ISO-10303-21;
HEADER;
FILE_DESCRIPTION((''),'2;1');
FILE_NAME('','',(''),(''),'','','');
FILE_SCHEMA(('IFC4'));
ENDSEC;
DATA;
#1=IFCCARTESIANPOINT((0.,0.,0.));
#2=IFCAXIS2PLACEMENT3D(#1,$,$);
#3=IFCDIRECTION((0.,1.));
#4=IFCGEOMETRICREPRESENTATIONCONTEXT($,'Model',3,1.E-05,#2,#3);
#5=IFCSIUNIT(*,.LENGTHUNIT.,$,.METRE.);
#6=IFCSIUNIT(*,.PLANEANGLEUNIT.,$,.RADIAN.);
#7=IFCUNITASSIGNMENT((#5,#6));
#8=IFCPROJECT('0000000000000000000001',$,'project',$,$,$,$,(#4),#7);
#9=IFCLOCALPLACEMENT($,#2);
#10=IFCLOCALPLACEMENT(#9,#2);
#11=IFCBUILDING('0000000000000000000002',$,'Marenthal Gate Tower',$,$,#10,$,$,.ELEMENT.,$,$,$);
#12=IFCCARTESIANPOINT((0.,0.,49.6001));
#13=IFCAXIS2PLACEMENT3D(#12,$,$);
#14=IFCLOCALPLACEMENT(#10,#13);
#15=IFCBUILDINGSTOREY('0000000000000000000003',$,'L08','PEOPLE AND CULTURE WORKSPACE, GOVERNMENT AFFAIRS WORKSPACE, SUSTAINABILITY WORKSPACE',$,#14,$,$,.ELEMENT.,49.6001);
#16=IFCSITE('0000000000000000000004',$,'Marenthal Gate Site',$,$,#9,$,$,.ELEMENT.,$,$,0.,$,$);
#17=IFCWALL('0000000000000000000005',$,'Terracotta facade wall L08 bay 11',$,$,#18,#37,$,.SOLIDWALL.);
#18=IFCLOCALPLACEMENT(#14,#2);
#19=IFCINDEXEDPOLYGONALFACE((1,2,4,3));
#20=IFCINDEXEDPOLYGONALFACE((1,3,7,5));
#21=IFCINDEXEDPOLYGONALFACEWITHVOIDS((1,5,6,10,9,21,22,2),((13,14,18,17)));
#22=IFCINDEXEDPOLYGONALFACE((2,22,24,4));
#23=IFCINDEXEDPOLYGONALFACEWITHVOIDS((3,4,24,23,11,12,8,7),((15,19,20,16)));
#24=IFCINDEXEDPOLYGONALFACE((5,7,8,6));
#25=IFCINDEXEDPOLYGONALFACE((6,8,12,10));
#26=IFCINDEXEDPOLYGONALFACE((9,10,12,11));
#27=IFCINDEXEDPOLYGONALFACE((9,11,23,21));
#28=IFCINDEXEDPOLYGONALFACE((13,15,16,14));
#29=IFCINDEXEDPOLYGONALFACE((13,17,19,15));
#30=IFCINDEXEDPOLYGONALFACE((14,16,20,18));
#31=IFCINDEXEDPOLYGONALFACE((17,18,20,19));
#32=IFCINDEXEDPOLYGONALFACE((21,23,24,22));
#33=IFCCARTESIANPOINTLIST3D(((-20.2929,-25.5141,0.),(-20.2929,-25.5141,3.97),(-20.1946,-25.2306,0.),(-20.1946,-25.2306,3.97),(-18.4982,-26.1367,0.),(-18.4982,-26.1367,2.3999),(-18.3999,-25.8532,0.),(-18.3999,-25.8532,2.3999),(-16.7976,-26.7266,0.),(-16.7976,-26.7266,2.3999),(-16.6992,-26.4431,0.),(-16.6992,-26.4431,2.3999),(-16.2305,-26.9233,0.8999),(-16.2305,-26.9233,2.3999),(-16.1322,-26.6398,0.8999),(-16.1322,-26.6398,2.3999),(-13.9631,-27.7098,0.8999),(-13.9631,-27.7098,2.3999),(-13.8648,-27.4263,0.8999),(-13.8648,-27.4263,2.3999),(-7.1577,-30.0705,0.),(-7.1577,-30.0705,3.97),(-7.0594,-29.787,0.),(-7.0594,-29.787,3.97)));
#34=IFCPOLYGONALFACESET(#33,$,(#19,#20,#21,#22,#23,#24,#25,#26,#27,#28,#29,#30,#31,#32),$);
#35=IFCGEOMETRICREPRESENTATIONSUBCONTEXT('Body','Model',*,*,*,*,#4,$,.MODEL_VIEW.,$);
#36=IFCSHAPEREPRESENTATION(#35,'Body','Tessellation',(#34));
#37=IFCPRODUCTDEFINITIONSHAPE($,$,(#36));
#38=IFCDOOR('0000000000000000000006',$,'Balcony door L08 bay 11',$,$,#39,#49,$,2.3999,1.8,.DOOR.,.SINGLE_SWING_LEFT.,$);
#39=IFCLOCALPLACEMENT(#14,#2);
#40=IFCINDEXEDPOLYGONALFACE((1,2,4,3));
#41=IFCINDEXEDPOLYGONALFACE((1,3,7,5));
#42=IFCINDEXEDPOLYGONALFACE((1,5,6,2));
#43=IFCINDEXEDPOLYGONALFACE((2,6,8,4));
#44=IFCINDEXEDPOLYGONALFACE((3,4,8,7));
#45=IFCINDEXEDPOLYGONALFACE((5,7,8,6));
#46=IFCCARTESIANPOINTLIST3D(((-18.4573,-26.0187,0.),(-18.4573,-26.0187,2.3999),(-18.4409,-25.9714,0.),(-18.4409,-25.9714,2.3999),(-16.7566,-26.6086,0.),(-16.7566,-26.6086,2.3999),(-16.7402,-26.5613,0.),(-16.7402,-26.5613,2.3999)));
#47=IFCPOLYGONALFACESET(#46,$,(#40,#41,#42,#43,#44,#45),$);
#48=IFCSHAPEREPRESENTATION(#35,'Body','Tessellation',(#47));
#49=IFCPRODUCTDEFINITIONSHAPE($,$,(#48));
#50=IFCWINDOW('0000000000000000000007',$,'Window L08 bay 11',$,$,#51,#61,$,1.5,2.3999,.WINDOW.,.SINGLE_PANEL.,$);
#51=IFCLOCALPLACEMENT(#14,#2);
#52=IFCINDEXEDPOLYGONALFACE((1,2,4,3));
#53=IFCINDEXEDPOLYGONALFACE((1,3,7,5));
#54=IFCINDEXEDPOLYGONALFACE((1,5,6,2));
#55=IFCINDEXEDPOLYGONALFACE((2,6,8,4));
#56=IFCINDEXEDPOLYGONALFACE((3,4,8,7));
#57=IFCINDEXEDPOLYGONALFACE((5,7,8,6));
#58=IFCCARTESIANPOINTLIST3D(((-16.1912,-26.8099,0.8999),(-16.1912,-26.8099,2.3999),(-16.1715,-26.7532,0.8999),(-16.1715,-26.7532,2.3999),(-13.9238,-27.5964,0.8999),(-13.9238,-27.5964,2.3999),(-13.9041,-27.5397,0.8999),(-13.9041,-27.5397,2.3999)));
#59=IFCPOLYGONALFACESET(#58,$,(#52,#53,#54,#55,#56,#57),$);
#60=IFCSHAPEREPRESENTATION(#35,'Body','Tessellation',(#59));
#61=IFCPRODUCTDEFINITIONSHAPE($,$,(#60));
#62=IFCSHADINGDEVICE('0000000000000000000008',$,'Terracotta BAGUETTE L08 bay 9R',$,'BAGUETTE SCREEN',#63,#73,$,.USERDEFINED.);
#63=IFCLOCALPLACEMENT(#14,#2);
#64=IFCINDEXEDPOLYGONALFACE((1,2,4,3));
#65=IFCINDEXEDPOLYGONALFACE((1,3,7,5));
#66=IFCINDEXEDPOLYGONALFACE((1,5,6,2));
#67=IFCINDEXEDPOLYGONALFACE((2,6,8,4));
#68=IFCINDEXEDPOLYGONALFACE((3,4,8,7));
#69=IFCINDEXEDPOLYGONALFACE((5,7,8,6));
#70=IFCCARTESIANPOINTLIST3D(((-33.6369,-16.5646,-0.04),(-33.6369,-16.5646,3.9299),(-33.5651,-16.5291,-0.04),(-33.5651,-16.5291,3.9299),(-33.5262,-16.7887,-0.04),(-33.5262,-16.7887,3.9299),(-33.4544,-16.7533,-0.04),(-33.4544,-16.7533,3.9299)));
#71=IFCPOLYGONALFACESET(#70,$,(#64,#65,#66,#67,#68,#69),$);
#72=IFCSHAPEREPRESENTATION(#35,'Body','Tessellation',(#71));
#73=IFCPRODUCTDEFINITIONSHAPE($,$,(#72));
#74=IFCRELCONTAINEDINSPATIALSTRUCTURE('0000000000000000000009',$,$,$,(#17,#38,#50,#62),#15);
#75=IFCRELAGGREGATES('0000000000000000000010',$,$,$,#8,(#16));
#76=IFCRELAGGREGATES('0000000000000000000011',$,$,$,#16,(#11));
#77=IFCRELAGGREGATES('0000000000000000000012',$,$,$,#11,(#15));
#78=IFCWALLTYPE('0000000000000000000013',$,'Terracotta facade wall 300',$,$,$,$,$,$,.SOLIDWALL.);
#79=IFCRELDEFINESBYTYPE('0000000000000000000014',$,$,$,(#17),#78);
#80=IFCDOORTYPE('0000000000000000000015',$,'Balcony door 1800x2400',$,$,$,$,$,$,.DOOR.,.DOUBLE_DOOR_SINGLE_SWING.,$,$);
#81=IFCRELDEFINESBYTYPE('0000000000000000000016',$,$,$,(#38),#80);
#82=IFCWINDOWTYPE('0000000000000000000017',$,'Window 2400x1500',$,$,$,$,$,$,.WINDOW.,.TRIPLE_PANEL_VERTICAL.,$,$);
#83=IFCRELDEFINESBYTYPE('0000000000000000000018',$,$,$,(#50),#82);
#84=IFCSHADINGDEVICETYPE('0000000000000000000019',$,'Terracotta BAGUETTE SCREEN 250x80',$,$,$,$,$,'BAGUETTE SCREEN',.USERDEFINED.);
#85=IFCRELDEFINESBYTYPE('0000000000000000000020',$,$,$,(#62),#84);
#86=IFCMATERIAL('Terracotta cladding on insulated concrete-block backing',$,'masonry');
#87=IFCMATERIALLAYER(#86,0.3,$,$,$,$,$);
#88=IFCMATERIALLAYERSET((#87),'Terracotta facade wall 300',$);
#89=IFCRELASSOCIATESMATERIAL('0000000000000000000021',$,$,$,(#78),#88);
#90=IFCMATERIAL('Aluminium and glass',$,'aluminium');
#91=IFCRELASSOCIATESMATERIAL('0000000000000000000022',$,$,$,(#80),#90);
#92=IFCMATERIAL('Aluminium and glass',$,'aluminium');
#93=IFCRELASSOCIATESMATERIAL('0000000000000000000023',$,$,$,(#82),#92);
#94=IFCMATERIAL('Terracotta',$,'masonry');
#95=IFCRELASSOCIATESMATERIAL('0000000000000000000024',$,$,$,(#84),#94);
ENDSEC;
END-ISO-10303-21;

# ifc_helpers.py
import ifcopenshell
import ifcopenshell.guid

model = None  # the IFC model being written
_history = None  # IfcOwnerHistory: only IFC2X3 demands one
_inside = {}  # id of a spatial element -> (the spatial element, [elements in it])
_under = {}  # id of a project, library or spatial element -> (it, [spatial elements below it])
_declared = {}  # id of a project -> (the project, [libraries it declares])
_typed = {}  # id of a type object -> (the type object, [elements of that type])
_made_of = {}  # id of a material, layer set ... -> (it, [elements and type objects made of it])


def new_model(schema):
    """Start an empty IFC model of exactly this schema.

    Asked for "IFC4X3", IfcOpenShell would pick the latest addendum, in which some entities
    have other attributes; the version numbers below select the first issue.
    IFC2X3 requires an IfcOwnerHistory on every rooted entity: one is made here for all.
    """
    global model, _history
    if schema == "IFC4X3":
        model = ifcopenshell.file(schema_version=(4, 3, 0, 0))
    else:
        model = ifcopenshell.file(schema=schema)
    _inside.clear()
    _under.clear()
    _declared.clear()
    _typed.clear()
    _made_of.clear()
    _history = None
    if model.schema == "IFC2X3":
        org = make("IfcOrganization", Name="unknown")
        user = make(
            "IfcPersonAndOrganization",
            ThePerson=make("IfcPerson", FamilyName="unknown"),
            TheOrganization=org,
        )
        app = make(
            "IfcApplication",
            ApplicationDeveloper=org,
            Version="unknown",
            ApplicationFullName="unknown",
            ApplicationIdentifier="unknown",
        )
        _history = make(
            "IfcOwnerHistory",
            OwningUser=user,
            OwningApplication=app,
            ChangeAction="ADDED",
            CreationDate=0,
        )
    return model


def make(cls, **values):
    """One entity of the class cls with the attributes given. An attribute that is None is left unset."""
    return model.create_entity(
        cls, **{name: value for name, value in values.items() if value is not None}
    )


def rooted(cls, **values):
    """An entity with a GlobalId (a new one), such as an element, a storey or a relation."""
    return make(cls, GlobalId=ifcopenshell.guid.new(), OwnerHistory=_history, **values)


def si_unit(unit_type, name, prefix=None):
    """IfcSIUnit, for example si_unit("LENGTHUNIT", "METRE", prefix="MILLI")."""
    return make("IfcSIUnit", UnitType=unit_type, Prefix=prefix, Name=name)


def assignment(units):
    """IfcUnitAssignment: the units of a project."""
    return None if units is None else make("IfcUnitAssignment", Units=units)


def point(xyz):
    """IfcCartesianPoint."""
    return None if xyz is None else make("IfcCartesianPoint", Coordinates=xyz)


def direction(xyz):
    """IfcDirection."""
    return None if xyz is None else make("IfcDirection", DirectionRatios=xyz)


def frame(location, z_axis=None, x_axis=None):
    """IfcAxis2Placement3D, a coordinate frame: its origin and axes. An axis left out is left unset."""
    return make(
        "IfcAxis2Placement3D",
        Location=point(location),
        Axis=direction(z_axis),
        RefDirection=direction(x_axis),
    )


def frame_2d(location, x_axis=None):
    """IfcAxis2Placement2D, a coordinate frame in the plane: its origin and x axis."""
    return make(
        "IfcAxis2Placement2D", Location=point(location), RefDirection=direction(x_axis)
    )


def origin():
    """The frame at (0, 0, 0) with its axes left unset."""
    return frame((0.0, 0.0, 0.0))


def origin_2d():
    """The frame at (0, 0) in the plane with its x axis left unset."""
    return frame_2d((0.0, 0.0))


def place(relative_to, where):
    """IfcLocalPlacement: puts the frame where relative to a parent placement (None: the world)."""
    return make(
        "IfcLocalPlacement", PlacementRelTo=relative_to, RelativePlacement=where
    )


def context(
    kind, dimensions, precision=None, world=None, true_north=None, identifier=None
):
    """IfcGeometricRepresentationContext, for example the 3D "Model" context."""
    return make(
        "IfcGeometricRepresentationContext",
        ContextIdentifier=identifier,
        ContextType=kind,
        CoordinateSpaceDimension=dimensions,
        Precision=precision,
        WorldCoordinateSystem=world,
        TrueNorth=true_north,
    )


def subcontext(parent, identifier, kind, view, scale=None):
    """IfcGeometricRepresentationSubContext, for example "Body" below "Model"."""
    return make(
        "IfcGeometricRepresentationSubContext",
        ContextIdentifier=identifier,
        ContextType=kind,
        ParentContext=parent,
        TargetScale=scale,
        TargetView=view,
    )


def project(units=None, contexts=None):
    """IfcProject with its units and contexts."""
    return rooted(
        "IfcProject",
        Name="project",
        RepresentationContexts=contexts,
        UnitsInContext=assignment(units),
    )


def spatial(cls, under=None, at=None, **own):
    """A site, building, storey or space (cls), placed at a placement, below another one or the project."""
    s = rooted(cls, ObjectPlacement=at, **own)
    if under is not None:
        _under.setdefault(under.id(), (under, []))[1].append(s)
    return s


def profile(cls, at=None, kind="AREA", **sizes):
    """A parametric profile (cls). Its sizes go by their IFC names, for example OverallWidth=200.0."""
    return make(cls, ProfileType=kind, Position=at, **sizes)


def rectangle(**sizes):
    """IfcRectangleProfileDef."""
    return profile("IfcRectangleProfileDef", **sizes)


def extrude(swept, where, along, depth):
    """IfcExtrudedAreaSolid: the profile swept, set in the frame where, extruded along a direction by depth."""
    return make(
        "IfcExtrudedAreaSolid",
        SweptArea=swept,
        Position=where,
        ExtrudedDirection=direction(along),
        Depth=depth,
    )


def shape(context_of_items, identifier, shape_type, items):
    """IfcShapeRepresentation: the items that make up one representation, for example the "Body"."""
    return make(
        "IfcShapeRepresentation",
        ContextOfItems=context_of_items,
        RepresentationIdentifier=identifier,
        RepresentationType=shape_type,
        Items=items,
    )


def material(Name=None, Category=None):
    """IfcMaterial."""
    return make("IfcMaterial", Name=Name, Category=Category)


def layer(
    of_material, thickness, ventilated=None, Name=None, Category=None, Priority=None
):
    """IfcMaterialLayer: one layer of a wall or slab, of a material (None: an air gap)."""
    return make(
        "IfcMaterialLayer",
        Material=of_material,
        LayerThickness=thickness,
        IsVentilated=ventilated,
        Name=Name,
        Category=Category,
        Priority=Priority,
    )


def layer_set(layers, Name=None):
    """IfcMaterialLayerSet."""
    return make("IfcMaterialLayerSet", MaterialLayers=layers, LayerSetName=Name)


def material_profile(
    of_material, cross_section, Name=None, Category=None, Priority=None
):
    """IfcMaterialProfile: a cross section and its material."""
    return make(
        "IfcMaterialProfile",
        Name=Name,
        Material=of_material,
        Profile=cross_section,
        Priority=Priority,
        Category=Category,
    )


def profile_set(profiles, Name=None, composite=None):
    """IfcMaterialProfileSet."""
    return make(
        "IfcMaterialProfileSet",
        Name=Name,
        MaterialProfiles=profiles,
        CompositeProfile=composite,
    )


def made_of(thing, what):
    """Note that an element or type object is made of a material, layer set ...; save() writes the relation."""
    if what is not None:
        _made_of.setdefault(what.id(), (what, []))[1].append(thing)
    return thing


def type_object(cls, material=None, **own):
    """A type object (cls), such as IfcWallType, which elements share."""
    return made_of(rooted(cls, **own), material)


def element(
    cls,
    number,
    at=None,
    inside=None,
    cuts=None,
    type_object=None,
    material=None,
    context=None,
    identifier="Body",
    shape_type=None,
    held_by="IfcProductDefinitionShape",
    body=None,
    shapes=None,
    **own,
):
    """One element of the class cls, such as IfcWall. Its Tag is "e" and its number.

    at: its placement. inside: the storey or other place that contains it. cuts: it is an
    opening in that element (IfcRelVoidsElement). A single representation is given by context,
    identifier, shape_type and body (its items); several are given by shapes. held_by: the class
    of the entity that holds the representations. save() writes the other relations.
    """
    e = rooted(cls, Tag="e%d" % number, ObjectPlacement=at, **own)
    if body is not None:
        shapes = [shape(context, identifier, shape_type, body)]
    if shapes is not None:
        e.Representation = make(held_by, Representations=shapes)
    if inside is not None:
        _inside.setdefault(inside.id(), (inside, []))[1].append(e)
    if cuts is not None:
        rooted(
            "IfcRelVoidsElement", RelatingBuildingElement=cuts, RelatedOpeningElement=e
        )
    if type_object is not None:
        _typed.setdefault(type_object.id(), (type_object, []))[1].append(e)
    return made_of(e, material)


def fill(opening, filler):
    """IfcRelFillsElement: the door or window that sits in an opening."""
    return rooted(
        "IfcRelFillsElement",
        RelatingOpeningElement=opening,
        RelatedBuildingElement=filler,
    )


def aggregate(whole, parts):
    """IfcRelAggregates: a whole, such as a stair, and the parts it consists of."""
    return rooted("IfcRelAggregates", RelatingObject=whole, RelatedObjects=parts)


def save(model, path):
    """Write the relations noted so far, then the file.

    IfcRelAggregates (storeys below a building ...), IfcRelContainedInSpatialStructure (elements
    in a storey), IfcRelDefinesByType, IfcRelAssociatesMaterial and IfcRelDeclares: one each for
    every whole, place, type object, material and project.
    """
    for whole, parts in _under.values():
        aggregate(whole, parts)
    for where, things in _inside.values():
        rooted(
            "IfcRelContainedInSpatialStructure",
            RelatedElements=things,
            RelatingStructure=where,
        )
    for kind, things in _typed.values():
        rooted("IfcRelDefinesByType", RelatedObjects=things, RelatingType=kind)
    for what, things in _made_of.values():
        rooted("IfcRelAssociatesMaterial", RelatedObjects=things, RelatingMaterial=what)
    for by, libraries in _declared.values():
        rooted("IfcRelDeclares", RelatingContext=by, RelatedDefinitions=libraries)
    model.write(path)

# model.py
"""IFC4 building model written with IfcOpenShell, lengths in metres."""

from ifc_helpers import new_model, si_unit, direction, frame, frame_2d, origin, origin_2d, place, context, subcontext, project, spatial, rectangle, extrude, material, layer, layer_set, material_profile, profile_set, type_object, element, fill, save


model = new_model("IFC4")

# Units and contexts
model_context = context("Model", 3, precision=1e-05, world=origin(), true_north=direction((0.0, 1.0)))
body_context = subcontext(model_context, "Body", "Model", "MODEL_VIEW")
ifc_project = project(units=[si_unit("LENGTHUNIT", "METRE"), si_unit("PLANEANGLEUNIT", "RADIAN")], contexts=[model_context])

# Site, building, storey
site_placement = place(None, origin())
site = spatial("IfcSite", under=ifc_project, at=site_placement, Name="Marenthal Gate Site", CompositionType="ELEMENT", RefElevation=0.0)
building_placement = place(site_placement, origin())
building = spatial("IfcBuilding", under=site, at=building_placement, Name="Marenthal Gate Tower", CompositionType="ELEMENT")
storey_placement = place(building_placement, frame((0.0, 0.0, 49.6001)))
storey = spatial("IfcBuildingStorey", under=building, at=storey_placement, Name="L08", Description="PEOPLE AND CULTURE WORKSPACE, GOVERNMENT AFFAIRS WORKSPACE, SUSTAINABILITY WORKSPACE", CompositionType="ELEMENT", Elevation=49.6001)

# Wall, openings, door, window
ifc_material_1 = material(Name="Terracotta cladding on insulated concrete-block backing", Category="masonry")
ifc_layer_1 = layer(ifc_material_1, 0.3)
ifc_layer_set_1 = layer_set([ifc_layer_1], Name="Terracotta facade wall 300")
wall_type = type_object("IfcWallType", Name="Terracotta facade wall 300", PredefinedType="SOLIDWALL", material=ifc_layer_set_1)
wall_placement = place(storey_placement, frame((-20.2439, -25.3723, 0.0), z_axis=(0.0, 0.0, 1.0), x_axis=(0.944773, -0.327726, 0.0)))
wall = element("IfcWall", 1, at=wall_placement, inside=storey, type_object=wall_type, Name="Terracotta facade wall L08 bay 11", PredefinedType="SOLIDWALL", context=body_context, shape_type="SweptSolid", body=[
    extrude(rectangle(XDim=13.9031, YDim=0.3, at=frame_2d((6.9517, 0.0))), origin(), (0.0, 0.0, 1.0), 3.97),
])
opening_1_placement = place(wall_placement, frame((1.8999, 0.0, 0.0)))
opening_1 = element("IfcOpeningElement", 2, at=opening_1_placement, cuts=wall, PredefinedType="OPENING", context=body_context, shape_type="SweptSolid", body=[
    extrude(rectangle(XDim=1.8, YDim=2.3999, at=frame_2d((0.8999, 1.2))), frame((0.0, 0.1602, 0.0), z_axis=(0.0, -1.0, 0.0), x_axis=(1.0, 0.0, 0.0)), (0.0, 0.0, 1.0), 0.3201),
])
opening_2_placement = place(wall_placement, frame((4.3, 0.0, 0.8999)))
opening_2 = element("IfcOpeningElement", 3, at=opening_2_placement, cuts=wall, PredefinedType="OPENING", context=body_context, shape_type="SweptSolid", body=[
    extrude(rectangle(XDim=2.3999, YDim=1.5, at=frame_2d((1.2, 0.75))), frame((0.0, 0.1602, 0.0), z_axis=(0.0, -1.0, 0.0), x_axis=(1.0, 0.0, 0.0)), (0.0, 0.0, 1.0), 0.3201),
])
ifc_material_2 = material(Name="Aluminium and glass", Category="aluminium")
door_type = type_object("IfcDoorType", Name="Balcony door 1800x2400", OperationType="DOUBLE_DOOR_SINGLE_SWING", PredefinedType="DOOR", material=ifc_material_2)
door_placement = place(opening_1_placement, origin())
door = element("IfcDoor", 4, at=door_placement, inside=storey, type_object=door_type, Name="Balcony door L08 bay 11", OperationType="SINGLE_SWING_LEFT", OverallHeight=2.3999, OverallWidth=1.8, PredefinedType="DOOR", context=body_context, shape_type="SweptSolid", body=[
    extrude(rectangle(XDim=1.8, YDim=2.3999, at=frame_2d((0.8999, 1.2))), frame((0.0, 0.0249, 0.0), z_axis=(0.0, -1.0, 0.0), x_axis=(1.0, 0.0, 0.0)), (0.0, 0.0, 1.0), 0.05),
])
fill(opening_1, door)
ifc_material_3 = material(Name="Aluminium and glass", Category="aluminium")
window_type = type_object("IfcWindowType", Name="Window 2400x1500", PartitioningType="TRIPLE_PANEL_VERTICAL", PredefinedType="WINDOW", material=ifc_material_3)
window_placement = place(opening_2_placement, origin())
window = element("IfcWindow", 5, at=window_placement, inside=storey, type_object=window_type, Name="Window L08 bay 11", OverallHeight=1.5, OverallWidth=2.3999, PartitioningType="SINGLE_PANEL", PredefinedType="WINDOW", context=body_context, shape_type="SweptSolid", body=[
    extrude(rectangle(XDim=2.3999, YDim=1.5, at=frame_2d((1.2, 0.75))), frame((0.0, 0.03, 0.0), z_axis=(0.0, -1.0, 0.0), x_axis=(1.0, 0.0, 0.0)), (0.0, 0.0, 1.0), 0.0601),
])
fill(opening_2, window)

# Shading device
ifc_material_4 = material(Name="Terracotta", Category="masonry")
ifc_material_profile_1 = material_profile(ifc_material_4, rectangle(XDim=0.25, YDim=0.0801, at=origin_2d()), Name="Terracotta baguette 250x80")
ifc_profile_set_1 = profile_set([ifc_material_profile_1], Name="Terracotta")
shading_device_type = type_object("IfcShadingDeviceType", Name="Terracotta BAGUETTE SCREEN 250x80", ElementType="BAGUETTE SCREEN", PredefinedType="USERDEFINED", material=ifc_profile_set_1)
shading_device_placement = place(storey_placement, frame((-33.5457, -16.6589, -0.04), z_axis=(0.0, 0.0, 1.0), x_axis=(0.443058, -0.896493, 0.0)))
element("IfcShadingDevice", 6, at=shading_device_placement, inside=storey, type_object=shading_device_type, Name="Terracotta BAGUETTE L08 bay 9R", ObjectType="BAGUETTE SCREEN", PredefinedType="USERDEFINED", context=body_context, shape_type="SweptSolid", body=[
    extrude(rectangle(XDim=0.25, YDim=0.0801, at=origin_2d()), origin(), (0.0, 0.0, 1.0), 3.97),
])

save(model, "model.ifc")
